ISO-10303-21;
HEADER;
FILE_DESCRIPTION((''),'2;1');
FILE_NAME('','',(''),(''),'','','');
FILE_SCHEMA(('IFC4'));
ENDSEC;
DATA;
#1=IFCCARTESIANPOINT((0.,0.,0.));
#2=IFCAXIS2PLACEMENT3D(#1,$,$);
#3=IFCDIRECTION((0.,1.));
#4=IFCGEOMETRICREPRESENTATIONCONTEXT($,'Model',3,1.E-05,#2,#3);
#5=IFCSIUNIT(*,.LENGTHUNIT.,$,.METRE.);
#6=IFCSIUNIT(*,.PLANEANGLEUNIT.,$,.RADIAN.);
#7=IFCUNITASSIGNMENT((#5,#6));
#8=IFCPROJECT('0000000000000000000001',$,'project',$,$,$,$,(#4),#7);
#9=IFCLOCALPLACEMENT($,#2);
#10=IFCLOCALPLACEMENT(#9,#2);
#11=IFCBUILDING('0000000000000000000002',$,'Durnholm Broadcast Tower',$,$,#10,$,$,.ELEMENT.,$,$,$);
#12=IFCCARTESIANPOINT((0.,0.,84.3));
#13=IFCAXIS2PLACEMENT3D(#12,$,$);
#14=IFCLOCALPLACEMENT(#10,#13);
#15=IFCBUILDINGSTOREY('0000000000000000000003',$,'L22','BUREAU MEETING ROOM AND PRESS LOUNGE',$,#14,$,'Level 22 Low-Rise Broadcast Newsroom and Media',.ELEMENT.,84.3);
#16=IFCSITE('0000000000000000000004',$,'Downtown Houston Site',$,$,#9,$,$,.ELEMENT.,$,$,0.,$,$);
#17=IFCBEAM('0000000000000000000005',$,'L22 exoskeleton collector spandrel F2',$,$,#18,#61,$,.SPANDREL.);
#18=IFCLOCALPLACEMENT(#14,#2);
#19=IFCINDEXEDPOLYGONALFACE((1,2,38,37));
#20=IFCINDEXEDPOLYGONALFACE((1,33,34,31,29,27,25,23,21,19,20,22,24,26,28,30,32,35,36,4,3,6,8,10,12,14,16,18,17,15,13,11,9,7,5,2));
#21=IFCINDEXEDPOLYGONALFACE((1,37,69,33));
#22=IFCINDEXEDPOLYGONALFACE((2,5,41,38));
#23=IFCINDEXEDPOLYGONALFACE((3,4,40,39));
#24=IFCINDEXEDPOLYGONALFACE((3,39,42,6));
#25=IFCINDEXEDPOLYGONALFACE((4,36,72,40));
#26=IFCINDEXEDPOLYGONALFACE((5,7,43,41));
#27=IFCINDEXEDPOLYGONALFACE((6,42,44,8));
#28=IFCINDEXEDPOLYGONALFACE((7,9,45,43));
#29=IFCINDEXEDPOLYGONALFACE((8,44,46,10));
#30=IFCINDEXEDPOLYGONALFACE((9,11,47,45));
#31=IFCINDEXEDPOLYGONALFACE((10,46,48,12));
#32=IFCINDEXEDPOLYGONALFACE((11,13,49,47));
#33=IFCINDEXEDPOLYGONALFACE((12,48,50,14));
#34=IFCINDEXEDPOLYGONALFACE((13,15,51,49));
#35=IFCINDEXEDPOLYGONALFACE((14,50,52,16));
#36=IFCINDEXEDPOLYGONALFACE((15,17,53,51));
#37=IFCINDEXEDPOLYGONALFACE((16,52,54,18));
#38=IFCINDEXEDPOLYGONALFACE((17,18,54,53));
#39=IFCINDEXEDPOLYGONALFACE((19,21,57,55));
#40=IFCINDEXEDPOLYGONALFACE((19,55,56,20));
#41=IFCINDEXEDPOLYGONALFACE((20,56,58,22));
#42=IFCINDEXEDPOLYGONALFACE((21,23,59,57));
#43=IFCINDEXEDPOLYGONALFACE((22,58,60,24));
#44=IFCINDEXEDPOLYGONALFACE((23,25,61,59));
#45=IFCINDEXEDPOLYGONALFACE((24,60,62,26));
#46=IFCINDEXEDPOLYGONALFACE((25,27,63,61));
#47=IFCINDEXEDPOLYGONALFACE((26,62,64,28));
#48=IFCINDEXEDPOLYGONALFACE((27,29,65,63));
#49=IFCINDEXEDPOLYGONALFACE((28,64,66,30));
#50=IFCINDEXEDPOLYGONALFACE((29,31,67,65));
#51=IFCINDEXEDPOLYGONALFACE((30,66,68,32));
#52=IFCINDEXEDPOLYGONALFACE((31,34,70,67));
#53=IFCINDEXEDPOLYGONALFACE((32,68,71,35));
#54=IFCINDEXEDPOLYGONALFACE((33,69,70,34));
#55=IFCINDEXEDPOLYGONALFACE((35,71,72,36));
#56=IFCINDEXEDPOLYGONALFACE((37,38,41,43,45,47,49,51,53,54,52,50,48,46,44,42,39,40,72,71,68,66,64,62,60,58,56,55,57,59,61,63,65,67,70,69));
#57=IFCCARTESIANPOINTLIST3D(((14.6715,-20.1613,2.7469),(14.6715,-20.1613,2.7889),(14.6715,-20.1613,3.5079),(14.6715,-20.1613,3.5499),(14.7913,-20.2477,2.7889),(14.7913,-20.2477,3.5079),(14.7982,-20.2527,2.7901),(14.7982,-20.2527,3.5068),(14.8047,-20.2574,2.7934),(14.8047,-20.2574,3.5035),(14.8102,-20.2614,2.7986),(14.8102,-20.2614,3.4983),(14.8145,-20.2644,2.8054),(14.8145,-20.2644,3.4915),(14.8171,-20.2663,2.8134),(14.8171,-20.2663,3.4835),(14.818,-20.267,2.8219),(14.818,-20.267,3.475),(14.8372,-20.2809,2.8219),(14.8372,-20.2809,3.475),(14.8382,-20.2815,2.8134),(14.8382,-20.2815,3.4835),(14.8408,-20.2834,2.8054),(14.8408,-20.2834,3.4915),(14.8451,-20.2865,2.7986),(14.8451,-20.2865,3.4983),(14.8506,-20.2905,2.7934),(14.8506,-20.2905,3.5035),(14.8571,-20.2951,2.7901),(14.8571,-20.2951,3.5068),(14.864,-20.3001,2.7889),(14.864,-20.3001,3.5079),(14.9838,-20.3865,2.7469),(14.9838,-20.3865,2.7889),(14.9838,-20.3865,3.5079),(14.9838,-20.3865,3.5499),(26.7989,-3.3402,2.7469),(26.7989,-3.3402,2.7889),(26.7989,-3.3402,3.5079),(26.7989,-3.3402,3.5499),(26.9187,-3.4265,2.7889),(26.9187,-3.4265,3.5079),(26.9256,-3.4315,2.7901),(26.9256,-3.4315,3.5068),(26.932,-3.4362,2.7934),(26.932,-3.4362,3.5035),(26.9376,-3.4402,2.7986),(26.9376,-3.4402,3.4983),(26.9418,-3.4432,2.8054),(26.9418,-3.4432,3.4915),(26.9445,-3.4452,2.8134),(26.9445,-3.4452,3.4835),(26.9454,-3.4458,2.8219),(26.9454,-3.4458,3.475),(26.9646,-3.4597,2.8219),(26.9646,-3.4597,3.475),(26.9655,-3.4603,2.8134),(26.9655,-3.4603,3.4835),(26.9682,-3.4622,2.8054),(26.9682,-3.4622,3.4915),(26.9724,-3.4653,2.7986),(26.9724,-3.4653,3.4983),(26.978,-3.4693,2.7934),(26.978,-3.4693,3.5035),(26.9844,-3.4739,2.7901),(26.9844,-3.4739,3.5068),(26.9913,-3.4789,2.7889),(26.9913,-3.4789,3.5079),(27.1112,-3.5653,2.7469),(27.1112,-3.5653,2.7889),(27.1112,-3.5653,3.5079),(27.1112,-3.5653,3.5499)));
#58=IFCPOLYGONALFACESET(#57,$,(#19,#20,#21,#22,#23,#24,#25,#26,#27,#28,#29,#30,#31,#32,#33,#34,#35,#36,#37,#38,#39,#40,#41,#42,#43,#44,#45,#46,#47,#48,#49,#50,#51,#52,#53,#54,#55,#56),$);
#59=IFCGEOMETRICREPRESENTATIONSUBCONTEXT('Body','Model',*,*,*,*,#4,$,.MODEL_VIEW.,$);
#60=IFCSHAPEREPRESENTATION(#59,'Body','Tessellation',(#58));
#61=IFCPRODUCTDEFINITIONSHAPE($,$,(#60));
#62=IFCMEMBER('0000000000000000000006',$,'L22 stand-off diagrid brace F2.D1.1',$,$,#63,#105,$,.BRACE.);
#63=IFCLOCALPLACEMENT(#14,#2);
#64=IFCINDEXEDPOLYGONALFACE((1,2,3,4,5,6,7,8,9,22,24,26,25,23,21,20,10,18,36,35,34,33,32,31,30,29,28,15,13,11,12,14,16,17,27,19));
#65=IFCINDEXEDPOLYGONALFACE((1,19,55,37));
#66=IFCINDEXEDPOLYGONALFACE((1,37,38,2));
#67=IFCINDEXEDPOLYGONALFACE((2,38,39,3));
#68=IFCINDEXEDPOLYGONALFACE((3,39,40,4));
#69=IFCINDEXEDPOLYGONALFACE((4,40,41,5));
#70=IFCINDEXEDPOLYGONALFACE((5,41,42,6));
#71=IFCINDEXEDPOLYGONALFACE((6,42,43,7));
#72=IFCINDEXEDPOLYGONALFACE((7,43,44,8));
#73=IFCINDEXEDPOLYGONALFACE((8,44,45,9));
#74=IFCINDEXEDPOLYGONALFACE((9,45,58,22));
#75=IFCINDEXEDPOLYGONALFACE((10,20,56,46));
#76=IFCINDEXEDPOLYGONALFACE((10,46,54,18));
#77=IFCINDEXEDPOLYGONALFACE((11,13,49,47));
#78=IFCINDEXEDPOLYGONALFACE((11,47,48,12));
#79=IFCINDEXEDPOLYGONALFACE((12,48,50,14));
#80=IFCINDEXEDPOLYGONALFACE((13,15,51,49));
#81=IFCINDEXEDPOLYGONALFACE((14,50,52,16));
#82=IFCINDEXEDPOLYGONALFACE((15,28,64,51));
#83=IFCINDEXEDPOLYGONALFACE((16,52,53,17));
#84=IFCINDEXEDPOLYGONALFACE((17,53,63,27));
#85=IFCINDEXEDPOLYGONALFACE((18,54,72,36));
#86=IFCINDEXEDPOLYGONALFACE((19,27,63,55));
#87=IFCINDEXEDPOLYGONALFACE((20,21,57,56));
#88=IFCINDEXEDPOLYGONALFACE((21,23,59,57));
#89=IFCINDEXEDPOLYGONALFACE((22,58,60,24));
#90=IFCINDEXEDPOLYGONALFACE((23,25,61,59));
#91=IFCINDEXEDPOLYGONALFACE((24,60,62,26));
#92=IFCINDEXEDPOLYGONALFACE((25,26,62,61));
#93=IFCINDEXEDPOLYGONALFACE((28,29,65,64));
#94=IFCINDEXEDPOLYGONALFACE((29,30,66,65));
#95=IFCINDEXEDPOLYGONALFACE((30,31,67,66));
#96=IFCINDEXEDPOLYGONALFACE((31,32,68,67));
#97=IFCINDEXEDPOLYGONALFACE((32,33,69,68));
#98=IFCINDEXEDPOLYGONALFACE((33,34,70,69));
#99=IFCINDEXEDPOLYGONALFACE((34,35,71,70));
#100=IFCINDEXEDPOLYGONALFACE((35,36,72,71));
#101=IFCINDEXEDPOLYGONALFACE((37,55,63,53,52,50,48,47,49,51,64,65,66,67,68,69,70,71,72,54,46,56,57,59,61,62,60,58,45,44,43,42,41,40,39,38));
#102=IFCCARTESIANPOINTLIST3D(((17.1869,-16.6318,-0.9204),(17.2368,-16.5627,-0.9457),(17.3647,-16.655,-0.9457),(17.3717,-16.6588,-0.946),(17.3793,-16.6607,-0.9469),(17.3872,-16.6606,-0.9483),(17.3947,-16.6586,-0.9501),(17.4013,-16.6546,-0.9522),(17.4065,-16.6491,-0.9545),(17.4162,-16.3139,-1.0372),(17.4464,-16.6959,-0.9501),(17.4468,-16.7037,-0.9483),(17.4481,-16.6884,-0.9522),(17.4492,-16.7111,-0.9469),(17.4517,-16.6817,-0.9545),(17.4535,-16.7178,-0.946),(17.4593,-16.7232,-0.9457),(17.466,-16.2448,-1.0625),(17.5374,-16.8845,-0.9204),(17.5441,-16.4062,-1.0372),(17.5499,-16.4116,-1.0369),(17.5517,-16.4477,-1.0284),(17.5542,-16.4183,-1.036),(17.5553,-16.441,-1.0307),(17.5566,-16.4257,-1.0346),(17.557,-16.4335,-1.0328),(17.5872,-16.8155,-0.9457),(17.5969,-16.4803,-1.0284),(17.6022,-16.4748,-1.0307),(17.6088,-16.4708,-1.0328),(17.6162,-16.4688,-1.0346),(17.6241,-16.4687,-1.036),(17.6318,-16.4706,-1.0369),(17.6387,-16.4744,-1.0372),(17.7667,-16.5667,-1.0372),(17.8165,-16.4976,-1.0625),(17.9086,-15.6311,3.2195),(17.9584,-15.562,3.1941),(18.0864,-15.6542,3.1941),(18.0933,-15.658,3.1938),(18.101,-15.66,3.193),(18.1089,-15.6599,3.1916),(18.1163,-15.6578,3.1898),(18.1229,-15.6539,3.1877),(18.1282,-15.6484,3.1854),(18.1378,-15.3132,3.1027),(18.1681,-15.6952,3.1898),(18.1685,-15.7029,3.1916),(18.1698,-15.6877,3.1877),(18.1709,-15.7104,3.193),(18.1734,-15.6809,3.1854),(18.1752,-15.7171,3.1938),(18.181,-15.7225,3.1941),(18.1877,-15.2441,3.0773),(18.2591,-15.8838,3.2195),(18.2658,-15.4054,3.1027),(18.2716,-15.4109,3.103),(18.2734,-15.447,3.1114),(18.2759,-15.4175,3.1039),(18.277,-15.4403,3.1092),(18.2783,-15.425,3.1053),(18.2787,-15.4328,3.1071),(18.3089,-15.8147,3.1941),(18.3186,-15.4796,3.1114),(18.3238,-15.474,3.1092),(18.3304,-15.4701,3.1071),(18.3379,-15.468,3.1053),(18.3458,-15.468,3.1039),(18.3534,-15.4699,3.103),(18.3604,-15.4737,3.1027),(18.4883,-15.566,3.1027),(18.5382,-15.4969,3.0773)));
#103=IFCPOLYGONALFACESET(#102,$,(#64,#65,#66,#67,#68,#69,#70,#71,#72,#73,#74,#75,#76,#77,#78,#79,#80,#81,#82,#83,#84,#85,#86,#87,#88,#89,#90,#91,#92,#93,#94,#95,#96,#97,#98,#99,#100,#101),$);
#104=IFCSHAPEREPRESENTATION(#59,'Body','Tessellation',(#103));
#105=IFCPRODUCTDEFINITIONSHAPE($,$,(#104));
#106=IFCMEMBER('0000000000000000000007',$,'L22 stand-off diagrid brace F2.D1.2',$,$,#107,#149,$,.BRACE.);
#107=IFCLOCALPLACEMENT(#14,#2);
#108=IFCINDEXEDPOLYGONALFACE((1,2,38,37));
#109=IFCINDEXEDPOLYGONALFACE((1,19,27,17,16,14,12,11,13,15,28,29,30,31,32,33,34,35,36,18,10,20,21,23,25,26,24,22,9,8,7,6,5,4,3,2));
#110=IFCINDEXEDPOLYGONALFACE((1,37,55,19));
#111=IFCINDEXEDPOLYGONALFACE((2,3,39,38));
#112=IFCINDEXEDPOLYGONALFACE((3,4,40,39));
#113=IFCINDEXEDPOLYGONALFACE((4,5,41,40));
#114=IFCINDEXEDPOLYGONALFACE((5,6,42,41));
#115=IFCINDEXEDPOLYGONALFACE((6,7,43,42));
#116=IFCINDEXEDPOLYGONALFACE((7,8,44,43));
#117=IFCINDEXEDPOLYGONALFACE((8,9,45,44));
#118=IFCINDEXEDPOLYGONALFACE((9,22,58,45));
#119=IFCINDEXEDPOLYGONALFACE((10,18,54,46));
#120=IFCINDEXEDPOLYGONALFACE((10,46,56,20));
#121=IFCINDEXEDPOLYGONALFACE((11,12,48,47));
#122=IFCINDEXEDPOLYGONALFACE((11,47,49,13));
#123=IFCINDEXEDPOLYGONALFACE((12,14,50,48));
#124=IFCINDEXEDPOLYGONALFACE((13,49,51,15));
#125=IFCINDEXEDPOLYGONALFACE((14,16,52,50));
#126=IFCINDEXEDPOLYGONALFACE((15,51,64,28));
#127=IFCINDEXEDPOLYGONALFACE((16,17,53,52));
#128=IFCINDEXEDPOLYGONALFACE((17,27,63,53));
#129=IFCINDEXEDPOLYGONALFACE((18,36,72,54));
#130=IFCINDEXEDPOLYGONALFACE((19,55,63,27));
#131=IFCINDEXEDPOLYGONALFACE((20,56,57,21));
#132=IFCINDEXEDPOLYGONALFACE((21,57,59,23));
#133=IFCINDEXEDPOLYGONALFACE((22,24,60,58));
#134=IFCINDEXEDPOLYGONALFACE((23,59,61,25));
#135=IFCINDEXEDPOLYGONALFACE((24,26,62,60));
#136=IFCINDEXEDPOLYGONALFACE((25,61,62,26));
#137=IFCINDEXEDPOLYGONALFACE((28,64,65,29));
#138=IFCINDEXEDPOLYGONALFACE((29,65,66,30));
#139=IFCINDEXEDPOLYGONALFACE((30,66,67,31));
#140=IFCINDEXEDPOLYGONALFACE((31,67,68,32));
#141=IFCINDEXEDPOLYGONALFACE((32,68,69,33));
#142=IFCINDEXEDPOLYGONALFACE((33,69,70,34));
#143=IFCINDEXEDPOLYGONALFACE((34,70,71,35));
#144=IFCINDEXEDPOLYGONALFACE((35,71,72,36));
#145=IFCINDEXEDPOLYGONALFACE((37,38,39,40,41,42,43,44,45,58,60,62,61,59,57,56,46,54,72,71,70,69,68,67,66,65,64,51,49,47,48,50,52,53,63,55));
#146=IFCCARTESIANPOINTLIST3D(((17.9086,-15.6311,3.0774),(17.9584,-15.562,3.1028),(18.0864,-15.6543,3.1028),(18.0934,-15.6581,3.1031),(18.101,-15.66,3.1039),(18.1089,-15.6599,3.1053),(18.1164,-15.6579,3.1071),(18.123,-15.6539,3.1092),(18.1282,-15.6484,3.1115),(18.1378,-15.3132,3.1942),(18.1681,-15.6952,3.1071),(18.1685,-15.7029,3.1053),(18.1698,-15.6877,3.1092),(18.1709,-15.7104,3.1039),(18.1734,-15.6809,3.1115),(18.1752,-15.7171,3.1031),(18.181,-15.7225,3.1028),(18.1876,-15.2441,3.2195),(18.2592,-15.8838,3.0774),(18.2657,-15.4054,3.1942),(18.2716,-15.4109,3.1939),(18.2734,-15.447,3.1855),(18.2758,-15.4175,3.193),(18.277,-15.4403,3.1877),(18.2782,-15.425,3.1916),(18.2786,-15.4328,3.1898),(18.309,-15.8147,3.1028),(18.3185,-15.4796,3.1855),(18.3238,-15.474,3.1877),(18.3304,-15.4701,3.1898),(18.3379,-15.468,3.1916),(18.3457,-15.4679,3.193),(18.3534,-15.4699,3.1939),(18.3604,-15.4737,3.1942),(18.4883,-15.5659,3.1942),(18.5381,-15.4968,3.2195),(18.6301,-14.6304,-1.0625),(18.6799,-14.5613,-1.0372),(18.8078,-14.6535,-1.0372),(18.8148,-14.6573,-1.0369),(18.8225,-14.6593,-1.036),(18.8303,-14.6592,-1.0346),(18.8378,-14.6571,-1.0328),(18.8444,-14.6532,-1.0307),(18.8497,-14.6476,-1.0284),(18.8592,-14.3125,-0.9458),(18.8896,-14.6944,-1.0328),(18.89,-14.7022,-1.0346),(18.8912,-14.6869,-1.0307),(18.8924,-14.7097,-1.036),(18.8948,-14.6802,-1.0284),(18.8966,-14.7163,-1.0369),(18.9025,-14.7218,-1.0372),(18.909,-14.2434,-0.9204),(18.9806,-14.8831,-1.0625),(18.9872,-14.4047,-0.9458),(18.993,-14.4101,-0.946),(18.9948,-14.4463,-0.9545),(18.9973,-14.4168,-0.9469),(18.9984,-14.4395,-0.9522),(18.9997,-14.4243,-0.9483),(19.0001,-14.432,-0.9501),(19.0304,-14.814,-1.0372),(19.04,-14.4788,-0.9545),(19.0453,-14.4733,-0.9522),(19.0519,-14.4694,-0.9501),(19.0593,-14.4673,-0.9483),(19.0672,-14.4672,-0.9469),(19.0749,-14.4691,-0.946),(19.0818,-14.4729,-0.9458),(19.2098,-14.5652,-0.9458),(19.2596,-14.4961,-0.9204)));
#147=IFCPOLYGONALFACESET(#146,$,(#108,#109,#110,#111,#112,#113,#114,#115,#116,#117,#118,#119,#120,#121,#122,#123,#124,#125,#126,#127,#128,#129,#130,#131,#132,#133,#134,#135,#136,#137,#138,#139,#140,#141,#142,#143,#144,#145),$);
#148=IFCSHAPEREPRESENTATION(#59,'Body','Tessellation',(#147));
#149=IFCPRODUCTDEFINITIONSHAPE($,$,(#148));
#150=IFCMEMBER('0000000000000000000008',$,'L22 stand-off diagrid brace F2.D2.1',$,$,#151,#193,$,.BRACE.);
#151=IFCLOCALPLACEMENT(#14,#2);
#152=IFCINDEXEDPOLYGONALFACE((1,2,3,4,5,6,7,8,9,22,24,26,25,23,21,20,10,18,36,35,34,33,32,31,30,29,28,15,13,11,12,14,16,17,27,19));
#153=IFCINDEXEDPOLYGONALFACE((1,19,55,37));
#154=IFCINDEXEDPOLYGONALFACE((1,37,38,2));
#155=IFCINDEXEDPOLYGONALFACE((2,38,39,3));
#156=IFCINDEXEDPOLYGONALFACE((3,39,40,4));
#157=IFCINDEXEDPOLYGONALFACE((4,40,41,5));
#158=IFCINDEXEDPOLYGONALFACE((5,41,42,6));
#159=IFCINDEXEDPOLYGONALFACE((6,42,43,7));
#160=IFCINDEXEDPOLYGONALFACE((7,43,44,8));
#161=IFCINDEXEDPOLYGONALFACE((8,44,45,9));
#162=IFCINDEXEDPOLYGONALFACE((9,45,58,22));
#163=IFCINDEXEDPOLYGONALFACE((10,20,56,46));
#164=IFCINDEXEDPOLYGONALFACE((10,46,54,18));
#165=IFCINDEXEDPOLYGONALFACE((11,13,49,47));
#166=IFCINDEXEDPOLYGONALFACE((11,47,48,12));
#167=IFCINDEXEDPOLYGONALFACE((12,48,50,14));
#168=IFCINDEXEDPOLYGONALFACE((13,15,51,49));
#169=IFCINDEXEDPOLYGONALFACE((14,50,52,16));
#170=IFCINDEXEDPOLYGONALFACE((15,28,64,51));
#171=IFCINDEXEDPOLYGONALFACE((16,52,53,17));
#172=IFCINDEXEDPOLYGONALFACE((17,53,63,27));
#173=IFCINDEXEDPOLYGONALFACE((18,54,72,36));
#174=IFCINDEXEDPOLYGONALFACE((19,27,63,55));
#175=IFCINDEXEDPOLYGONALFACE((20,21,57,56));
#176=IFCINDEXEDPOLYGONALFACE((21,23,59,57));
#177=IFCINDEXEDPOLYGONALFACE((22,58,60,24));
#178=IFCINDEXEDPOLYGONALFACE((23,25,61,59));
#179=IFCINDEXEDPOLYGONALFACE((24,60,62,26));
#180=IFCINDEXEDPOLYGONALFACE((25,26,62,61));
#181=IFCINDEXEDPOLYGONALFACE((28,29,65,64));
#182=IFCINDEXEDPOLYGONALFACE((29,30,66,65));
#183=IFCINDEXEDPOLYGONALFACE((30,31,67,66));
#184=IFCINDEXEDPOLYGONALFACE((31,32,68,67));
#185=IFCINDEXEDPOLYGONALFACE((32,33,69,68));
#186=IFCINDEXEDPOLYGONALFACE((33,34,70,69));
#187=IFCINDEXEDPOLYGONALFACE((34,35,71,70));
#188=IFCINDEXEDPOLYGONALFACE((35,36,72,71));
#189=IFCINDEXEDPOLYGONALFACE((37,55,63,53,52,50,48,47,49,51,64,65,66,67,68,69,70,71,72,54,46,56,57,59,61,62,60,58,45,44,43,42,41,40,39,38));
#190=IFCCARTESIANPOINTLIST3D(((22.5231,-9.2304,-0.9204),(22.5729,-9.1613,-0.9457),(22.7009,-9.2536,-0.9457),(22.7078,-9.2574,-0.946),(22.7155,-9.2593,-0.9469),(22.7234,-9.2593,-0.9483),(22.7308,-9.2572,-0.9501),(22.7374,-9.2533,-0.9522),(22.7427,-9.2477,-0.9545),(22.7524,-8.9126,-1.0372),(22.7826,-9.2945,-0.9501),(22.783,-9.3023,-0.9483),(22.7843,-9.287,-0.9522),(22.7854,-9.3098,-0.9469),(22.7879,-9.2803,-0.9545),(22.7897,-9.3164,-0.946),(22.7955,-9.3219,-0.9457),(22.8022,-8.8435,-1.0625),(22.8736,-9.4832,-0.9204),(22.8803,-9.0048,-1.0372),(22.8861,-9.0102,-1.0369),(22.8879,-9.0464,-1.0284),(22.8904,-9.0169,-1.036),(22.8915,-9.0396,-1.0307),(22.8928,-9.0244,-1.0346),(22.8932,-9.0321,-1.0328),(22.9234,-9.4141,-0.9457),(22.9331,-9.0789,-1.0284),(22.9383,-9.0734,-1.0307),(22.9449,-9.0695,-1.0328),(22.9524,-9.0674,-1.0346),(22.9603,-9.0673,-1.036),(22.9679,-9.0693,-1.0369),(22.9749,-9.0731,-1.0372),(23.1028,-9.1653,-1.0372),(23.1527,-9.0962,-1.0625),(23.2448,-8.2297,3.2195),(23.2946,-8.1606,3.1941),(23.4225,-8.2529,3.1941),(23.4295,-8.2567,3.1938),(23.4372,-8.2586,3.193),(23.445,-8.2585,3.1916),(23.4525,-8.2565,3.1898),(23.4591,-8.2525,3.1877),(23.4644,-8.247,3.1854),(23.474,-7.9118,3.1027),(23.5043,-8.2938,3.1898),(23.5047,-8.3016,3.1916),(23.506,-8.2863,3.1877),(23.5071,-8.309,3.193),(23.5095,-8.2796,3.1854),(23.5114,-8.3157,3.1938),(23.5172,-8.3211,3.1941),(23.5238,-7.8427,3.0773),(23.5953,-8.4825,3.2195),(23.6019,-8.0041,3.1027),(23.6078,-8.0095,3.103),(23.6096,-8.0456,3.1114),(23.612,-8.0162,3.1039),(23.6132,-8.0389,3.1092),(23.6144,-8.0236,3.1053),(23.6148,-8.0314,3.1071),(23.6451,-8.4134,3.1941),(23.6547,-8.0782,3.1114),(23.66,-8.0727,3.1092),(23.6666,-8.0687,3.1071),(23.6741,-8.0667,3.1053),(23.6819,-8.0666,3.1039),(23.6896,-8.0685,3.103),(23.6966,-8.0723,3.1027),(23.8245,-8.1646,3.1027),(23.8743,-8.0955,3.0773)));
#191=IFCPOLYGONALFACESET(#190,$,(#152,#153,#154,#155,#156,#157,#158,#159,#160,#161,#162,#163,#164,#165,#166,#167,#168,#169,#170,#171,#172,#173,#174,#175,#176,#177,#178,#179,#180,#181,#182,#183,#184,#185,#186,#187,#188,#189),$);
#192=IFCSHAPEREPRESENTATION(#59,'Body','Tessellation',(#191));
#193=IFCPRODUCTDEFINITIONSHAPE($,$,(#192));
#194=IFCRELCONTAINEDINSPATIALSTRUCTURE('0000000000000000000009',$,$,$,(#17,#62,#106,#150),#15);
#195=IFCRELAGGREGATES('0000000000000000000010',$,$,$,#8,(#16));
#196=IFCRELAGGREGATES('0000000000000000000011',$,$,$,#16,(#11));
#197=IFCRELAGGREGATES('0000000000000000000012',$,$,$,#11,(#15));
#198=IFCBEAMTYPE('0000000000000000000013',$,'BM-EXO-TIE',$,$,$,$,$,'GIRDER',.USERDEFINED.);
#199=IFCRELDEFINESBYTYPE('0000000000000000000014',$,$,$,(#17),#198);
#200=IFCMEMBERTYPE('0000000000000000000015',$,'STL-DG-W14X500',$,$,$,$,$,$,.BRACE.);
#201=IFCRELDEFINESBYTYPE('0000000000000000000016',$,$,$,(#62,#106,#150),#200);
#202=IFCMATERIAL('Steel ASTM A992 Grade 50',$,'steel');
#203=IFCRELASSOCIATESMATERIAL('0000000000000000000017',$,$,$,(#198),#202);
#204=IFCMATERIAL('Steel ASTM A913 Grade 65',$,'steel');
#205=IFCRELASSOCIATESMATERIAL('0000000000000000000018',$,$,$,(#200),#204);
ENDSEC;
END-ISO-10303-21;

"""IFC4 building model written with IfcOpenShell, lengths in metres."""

from ifc_helpers import new_model, si_unit, direction, frame, origin, origin_2d, place, context, subcontext, project, spatial, i_section, extrude, source, transform, mapped, material, material_profile, profile_set, type_object, type_shapes, element, save


model = new_model("IFC4")

# Units and contexts
model_context = context("Model", 3, precision=1e-05, world=origin(), true_north=direction((0.0, 1.0)))
body_context = subcontext(model_context, "Body", "Model", "MODEL_VIEW")
ifc_project = project(units=[si_unit("LENGTHUNIT", "METRE"), si_unit("PLANEANGLEUNIT", "RADIAN")], contexts=[model_context])

# Site, building, storey
site_placement = place(None, origin())
site = spatial("IfcSite", under=ifc_project, at=site_placement, Name="Downtown Houston Site", CompositionType="ELEMENT", RefElevation=0.0)
building_placement = place(site_placement, origin())
building = spatial("IfcBuilding", under=site, at=building_placement, Name="Durnholm Broadcast Tower", CompositionType="ELEMENT")
storey_placement = place(building_placement, frame((0.0, 0.0, 84.3)))
storey = spatial("IfcBuildingStorey", under=building, at=storey_placement, Name="L22", Description="BUREAU MEETING ROOM AND PRESS LOUNGE", LongName="Level 22 Low-Rise Broadcast Newsroom and Media", CompositionType="ELEMENT", Elevation=84.3)

# Beam
ifc_material_1 = material(Name="Steel ASTM A992 Grade 50", Category="steel")
ifc_material_profile_1 = material_profile(ifc_material_1, i_section(OverallWidth=0.385, OverallDepth=0.803, WebThickness=0.0237, FlangeThickness=0.042, FilletRadius=0.033, at=origin_2d()), Name="W30X261")
ifc_profile_set_1 = profile_set([ifc_material_profile_1], Name="Steel ASTM A992 Grade 50")
beam_type = type_object("IfcBeamType", Name="BM-EXO-TIE", ElementType="GIRDER", PredefinedType="USERDEFINED", material=ifc_profile_set_1)
shared_shape_1 = source(origin(), body_context, "Body", "SweptSolid", [
    extrude(i_section(OverallWidth=0.385, OverallDepth=0.803, WebThickness=0.0237, FlangeThickness=0.042, FilletRadius=0.033, at=origin_2d()), origin(), (0.0, 0.0, 1.0), 20.7371),
])
type_shapes(beam_type, [shared_shape_1])
beam_placement = place(storey_placement, frame((14.8276, -20.2739, 3.1484), z_axis=(0.584816, 0.811166, 0.0), x_axis=(-0.811166, 0.584816, 0.0)))
element("IfcBeam", 1, at=beam_placement, inside=storey, type_object=beam_type, Name="L22 exoskeleton collector spandrel F2", PredefinedType="SPANDREL", context=body_context, shape_type="MappedRepresentation", body=[
    mapped(shared_shape_1, transform((0.0, 0.0, 0.0), x_axis=(1.0, 0.0, 0.0), y_axis=(0.0, 1.0, 0.0), z_axis=(0.0, 0.0, 1.0), scale=1.0)),
])

# Members
ifc_material_2 = material(Name="Steel ASTM A913 Grade 65", Category="steel")
ifc_material_profile_2 = material_profile(ifc_material_2, i_section(OverallWidth=0.4321, OverallDepth=0.4978, WebThickness=0.0557, FlangeThickness=0.0889, FilletRadius=0.0305, at=origin_2d()), Name="W14X500")
ifc_profile_set_2 = profile_set([ifc_material_profile_2], Name="Steel ASTM A913 Grade 65")
member_type_1 = type_object("IfcMemberType", Name="STL-DG-W14X500", PredefinedType="BRACE", material=ifc_profile_set_2)
shared_shape_2 = source(origin(), body_context, "Body", "SweptSolid", [
    extrude(i_section(OverallWidth=0.4321, OverallDepth=0.4978, WebThickness=0.0557, FlangeThickness=0.0889, FilletRadius=0.0305, at=origin_2d()), origin(), (0.0, 0.0, 1.0), 4.3198),
])
type_shapes(member_type_1, [shared_shape_2])
for number, where, z_axis, x_axis, name in (
    (2, (17.5017, -16.5647, -0.9915), (0.167062, 0.23166, 0.958344), (-0.811091, 0.58492, 0.0), "L22 stand-off diagrid brace F2.D1.1"),
    (3, (18.9448, -14.5632, -0.9915), (-0.167007, -0.231662, 0.958354), (0.811185, -0.584789, 0.0), "L22 stand-off diagrid brace F2.D1.2"),
    (4, (22.8379, -9.1633, -0.9915), (0.167062, 0.23166, 0.958344), (-0.811091, 0.58492, 0.0), "L22 stand-off diagrid brace F2.D2.1"),
):
    element("IfcMember", number, at=place(storey_placement, frame(where, z_axis=z_axis, x_axis=x_axis)), inside=storey, type_object=member_type_1, Name=name, PredefinedType="BRACE", context=body_context, shape_type="MappedRepresentation", body=[
        mapped(shared_shape_2, transform((0.0, 0.0, 0.0), x_axis=(1.0, 0.0, 0.0), y_axis=(0.0, 1.0, 0.0), z_axis=(0.0, 0.0, 1.0), scale=1.0)),
    ])

save(model, "model.ifc")
